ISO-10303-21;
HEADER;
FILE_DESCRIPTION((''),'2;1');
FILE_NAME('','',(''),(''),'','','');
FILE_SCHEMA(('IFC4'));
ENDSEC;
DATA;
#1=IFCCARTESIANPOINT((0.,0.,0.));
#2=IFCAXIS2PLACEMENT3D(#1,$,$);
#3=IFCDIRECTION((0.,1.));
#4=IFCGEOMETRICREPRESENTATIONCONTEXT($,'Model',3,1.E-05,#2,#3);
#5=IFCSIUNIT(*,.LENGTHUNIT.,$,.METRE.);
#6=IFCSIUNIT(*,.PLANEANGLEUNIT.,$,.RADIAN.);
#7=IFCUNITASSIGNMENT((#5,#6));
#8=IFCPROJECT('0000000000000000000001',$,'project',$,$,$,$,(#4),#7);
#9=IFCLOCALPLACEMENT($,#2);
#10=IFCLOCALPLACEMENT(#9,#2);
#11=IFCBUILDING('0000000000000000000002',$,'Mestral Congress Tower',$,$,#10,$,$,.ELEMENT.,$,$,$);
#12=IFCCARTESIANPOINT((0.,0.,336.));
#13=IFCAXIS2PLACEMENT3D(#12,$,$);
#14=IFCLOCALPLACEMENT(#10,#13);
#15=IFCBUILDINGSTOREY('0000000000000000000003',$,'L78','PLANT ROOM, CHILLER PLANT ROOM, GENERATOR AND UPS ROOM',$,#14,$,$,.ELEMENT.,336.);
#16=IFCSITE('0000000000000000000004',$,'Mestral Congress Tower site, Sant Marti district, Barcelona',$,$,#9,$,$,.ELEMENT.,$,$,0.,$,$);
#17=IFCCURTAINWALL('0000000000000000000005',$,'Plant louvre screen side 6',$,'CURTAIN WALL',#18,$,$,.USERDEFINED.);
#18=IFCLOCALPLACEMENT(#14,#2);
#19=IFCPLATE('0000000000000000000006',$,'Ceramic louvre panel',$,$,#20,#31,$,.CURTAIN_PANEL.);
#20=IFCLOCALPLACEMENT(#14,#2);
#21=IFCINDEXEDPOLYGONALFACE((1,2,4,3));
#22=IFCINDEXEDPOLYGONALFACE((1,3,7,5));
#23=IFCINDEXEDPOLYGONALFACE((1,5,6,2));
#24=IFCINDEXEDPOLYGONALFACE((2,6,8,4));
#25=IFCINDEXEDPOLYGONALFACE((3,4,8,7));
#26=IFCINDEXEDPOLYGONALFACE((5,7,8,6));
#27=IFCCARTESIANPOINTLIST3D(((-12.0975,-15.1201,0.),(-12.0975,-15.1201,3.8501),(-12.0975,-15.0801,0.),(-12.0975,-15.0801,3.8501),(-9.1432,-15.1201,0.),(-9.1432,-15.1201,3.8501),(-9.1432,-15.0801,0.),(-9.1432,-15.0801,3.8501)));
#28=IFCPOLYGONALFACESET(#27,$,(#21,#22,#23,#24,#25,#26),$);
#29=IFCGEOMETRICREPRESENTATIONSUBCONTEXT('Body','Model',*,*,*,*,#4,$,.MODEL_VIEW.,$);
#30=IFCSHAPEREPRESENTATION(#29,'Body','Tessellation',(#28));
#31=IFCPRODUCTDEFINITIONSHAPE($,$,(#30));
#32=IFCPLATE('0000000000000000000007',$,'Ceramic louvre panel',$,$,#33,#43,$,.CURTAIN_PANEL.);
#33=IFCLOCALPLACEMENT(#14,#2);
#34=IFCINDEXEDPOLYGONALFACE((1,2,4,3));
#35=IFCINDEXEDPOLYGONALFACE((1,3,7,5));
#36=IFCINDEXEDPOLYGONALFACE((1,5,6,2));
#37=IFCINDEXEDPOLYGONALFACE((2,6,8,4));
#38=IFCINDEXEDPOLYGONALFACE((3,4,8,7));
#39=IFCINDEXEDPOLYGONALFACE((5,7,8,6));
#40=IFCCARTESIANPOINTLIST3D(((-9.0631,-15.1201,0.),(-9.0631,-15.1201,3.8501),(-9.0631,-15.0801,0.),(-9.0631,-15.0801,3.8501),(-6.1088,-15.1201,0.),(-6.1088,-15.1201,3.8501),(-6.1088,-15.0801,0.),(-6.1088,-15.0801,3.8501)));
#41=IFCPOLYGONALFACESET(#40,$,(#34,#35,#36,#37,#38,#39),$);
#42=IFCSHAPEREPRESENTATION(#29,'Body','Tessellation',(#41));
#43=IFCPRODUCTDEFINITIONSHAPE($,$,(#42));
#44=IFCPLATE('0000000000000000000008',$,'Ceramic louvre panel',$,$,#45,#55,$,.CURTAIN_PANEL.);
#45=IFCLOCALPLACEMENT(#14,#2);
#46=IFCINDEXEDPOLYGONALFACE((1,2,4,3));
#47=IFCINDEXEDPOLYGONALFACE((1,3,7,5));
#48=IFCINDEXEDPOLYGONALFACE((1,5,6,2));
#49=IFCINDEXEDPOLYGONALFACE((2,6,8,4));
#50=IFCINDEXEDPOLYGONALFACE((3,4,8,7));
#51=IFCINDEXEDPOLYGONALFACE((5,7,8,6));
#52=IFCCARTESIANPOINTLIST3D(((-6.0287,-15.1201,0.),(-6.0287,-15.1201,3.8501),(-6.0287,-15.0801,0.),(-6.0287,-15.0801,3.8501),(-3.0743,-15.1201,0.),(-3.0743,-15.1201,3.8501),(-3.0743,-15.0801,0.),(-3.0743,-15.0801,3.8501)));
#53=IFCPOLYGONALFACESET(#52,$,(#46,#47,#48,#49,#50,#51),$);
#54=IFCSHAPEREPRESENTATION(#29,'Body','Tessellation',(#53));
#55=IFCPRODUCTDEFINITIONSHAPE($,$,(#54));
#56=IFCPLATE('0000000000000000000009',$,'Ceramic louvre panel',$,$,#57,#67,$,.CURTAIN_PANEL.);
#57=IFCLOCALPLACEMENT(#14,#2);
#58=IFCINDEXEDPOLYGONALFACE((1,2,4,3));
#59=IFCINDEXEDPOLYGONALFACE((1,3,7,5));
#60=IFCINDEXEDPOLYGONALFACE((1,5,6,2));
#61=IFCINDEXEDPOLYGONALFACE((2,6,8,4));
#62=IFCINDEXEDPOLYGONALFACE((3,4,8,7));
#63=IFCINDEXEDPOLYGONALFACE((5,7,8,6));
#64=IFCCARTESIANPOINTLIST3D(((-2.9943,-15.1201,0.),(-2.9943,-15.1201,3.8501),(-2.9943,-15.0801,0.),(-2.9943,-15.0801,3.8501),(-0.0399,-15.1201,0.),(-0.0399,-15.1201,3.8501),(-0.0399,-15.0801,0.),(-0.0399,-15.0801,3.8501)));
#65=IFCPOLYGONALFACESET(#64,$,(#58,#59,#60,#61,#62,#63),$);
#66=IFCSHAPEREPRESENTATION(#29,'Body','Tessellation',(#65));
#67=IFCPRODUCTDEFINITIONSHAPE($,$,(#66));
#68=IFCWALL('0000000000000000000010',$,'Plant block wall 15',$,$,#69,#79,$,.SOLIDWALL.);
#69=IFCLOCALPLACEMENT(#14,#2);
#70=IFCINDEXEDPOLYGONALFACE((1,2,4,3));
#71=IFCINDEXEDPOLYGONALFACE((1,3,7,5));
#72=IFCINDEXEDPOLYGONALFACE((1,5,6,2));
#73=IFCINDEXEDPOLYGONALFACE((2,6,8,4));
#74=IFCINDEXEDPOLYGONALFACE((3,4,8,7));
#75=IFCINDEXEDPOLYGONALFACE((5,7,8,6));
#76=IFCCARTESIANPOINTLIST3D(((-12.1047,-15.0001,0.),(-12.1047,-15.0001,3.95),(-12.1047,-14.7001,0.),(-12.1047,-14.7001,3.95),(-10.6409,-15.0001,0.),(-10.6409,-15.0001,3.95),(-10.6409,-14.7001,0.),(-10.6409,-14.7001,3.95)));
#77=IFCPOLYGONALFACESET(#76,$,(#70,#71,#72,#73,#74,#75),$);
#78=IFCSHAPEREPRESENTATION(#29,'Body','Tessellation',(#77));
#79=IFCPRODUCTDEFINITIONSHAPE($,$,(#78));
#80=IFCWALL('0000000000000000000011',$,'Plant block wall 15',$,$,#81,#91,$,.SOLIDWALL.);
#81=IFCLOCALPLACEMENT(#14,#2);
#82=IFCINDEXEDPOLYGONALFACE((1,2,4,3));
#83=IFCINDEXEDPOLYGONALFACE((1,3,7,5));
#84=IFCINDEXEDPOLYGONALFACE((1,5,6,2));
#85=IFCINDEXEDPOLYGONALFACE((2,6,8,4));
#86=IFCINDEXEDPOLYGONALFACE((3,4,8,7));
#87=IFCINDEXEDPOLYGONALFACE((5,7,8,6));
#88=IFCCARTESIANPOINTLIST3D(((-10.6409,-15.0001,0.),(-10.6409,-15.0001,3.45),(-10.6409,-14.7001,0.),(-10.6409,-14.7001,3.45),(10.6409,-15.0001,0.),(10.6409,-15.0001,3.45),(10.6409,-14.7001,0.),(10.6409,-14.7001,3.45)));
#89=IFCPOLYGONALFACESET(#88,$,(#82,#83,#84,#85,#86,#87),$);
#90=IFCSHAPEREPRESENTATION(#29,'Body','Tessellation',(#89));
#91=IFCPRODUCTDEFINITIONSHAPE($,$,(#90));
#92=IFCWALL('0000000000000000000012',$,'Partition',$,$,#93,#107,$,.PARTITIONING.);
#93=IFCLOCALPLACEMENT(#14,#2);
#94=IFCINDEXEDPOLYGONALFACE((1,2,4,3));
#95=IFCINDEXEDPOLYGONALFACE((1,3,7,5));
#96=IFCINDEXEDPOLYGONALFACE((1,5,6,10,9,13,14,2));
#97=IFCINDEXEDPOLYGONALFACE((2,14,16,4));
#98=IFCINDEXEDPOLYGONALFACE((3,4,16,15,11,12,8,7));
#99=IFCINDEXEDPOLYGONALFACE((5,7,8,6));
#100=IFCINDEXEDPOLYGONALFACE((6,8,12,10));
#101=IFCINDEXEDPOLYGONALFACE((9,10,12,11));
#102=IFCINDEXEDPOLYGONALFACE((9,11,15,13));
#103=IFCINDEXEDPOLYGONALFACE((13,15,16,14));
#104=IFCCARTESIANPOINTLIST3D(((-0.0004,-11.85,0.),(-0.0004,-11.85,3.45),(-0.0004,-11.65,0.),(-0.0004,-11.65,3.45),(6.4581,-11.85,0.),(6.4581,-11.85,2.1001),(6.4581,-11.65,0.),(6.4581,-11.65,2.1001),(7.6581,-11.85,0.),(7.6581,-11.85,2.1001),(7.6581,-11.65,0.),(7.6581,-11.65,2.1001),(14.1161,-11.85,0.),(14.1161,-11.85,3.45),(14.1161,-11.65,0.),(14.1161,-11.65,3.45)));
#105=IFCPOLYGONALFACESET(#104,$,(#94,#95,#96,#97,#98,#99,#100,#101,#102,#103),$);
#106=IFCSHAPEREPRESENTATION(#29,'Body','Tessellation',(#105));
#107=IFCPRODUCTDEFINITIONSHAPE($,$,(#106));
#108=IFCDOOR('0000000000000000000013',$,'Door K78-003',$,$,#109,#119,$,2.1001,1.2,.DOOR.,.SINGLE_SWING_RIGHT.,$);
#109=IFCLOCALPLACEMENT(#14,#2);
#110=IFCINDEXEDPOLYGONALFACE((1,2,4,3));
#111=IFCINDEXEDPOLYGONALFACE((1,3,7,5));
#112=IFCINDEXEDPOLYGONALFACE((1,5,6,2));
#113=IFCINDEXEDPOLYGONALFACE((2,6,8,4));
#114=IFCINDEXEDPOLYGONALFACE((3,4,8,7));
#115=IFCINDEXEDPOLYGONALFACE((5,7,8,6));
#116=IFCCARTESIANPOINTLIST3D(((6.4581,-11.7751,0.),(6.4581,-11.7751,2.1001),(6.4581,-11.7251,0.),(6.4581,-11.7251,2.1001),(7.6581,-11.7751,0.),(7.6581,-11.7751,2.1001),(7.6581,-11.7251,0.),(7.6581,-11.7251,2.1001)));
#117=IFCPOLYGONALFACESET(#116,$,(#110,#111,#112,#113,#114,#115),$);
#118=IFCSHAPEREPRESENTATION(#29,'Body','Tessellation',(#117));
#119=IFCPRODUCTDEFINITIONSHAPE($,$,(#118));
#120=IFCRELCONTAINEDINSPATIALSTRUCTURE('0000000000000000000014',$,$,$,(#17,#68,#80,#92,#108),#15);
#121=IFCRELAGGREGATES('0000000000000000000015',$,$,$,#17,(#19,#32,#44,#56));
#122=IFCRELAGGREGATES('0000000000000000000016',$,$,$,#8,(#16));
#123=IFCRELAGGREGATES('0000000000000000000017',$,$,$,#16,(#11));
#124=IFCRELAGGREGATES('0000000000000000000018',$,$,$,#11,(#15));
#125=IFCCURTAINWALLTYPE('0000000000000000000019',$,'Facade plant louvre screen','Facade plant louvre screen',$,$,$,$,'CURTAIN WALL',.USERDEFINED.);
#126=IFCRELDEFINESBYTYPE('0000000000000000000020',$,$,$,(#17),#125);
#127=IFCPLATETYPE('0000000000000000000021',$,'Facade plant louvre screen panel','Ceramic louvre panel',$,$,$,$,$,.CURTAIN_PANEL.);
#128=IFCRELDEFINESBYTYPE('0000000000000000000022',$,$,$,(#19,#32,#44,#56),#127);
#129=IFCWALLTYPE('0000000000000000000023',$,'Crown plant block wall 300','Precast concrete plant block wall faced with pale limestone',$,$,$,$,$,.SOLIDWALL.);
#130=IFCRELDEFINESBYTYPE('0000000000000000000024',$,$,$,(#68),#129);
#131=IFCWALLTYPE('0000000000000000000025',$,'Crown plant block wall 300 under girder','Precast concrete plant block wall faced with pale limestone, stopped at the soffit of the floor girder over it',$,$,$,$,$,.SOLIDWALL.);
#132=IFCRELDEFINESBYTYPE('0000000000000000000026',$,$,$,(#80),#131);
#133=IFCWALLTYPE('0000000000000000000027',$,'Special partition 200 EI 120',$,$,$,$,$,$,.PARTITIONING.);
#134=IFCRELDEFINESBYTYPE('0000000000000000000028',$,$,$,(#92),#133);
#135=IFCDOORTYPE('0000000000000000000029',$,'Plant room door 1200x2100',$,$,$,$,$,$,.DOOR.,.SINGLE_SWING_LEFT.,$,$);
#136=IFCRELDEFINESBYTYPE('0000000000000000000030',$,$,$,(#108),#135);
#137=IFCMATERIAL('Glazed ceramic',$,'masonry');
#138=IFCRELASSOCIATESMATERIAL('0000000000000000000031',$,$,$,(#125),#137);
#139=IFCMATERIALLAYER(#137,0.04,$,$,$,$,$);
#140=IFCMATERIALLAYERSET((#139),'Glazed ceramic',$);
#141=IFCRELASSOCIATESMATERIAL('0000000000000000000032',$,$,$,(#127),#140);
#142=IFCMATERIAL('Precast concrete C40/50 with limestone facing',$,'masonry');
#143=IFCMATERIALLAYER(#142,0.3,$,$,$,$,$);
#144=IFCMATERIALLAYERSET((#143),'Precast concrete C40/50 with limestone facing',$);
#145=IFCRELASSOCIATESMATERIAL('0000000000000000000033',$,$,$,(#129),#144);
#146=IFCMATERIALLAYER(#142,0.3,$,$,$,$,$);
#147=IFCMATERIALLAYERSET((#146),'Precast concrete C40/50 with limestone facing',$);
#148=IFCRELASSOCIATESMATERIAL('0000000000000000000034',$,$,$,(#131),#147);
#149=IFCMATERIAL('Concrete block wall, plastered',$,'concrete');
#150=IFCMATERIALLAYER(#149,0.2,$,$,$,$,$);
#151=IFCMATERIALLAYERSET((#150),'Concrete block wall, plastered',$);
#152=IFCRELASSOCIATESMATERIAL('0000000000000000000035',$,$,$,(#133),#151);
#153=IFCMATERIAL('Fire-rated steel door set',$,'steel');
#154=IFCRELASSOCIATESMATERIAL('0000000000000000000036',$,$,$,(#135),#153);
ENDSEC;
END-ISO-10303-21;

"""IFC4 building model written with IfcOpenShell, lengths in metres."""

from ifc_helpers import new_model, si_unit, direction, frame, frame_2d, origin, origin_2d, place, context, subcontext, project, spatial, rectangle, extrude, material, layer, layer_set, type_object, element, fill, aggregate, save


model = new_model("IFC4")

# Units and contexts
model_context = context("Model", 3, precision=1e-05, world=origin(), true_north=direction((0.0, 1.0)))
body_context = subcontext(model_context, "Body", "Model", "MODEL_VIEW")
ifc_project = project(units=[si_unit("LENGTHUNIT", "METRE"), si_unit("PLANEANGLEUNIT", "RADIAN")], contexts=[model_context])

# Site, building, storey
site_placement = place(None, origin())
site = spatial("IfcSite", under=ifc_project, at=site_placement, Name="Mestral Congress Tower site, Sant Marti district, Barcelona", CompositionType="ELEMENT", RefElevation=0.0)
building_placement = place(site_placement, origin())
building = spatial("IfcBuilding", under=site, at=building_placement, Name="Mestral Congress Tower", CompositionType="ELEMENT")
storey_placement = place(building_placement, frame((0.0, 0.0, 336.0)))
storey = spatial("IfcBuildingStorey", under=building, at=storey_placement, Name="L78", Description="PLANT ROOM, CHILLER PLANT ROOM, GENERATOR AND UPS ROOM", CompositionType="ELEMENT", Elevation=336.0)

# Shared definitions
ifc_material_1 = material(Name="Glazed ceramic", Category="masonry")
curtain_wall_type = type_object("IfcCurtainWallType", Name="Facade plant louvre screen", Description="Facade plant louvre screen", ElementType="CURTAIN WALL", PredefinedType="USERDEFINED", material=ifc_material_1)
placement = place(storey_placement, origin())

# Curtain wall
curtain_wall_1 = element("IfcCurtainWall", 1, at=placement, inside=storey, type_object=curtain_wall_type, Name="Plant louvre screen side 6", ObjectType="CURTAIN WALL", PredefinedType="USERDEFINED")

# Plates
ifc_layer_1 = layer(ifc_material_1, 0.04)
ifc_layer_set_1 = layer_set([ifc_layer_1], Name="Glazed ceramic")
plate_type = type_object("IfcPlateType", Name="Facade plant louvre screen panel", Description="Ceramic louvre panel", PredefinedType="CURTAIN_PANEL", material=ifc_layer_set_1)
plate_1_placement = place(storey_placement, frame((-10.6204, -15.1001, 0.0), z_axis=(0.0, 0.0, 1.0), x_axis=(1.0, 0.0, 0.0)))
plate_1 = element("IfcPlate", 2, at=plate_1_placement, type_object=plate_type, Name="Ceramic louvre panel", PredefinedType="CURTAIN_PANEL", context=body_context, shape_type="SweptSolid", body=[
    extrude(rectangle(XDim=2.9543, YDim=0.04, at=origin_2d()), origin(), (0.0, 0.0, 1.0), 3.8501),
])
plate_2_placement = place(storey_placement, frame((-7.5859, -15.1001, 0.0), z_axis=(0.0, 0.0, 1.0), x_axis=(1.0, 0.0, 0.0)))
plate_2 = element("IfcPlate", 3, at=plate_2_placement, type_object=plate_type, Name="Ceramic louvre panel", PredefinedType="CURTAIN_PANEL", context=body_context, shape_type="SweptSolid", body=[
    extrude(rectangle(XDim=2.9543, YDim=0.04, at=origin_2d()), origin(), (0.0, 0.0, 1.0), 3.8501),
])
plate_3_placement = place(storey_placement, frame((-4.5515, -15.1001, 0.0), z_axis=(0.0, 0.0, 1.0), x_axis=(1.0, 0.0, 0.0)))
plate_3 = element("IfcPlate", 4, at=plate_3_placement, type_object=plate_type, Name="Ceramic louvre panel", PredefinedType="CURTAIN_PANEL", context=body_context, shape_type="SweptSolid", body=[
    extrude(rectangle(XDim=2.9543, YDim=0.04, at=origin_2d()), origin(), (0.0, 0.0, 1.0), 3.8501),
])
plate_4_placement = place(storey_placement, frame((-1.5171, -15.1001, 0.0), z_axis=(0.0, 0.0, 1.0), x_axis=(1.0, 0.0, 0.0)))
plate_4 = element("IfcPlate", 5, at=plate_4_placement, type_object=plate_type, Name="Ceramic louvre panel", PredefinedType="CURTAIN_PANEL", context=body_context, shape_type="SweptSolid", body=[
    extrude(rectangle(XDim=2.9543, YDim=0.04, at=origin_2d()), origin(), (0.0, 0.0, 1.0), 3.8501),
])
aggregate(curtain_wall_1, [plate_1, plate_2, plate_3, plate_4])

# Walls
ifc_material_2 = material(Name="Precast concrete C40/50 with limestone facing", Category="masonry")
ifc_layer_2 = layer(ifc_material_2, 0.3)
ifc_layer_set_2 = layer_set([ifc_layer_2], Name="Precast concrete C40/50 with limestone facing")
wall_type_1 = type_object("IfcWallType", Name="Crown plant block wall 300", Description="Precast concrete plant block wall faced with pale limestone", PredefinedType="SOLIDWALL", material=ifc_layer_set_2)
wall_1_placement = place(storey_placement, frame((-12.1047, -14.8501, 0.0), z_axis=(0.0, 0.0, 1.0), x_axis=(1.0, 0.0, 0.0)))
element("IfcWall", 6, at=wall_1_placement, inside=storey, type_object=wall_type_1, Name="Plant block wall 15", PredefinedType="SOLIDWALL", context=body_context, shape_type="SweptSolid", body=[
    extrude(rectangle(XDim=1.4639, YDim=0.3, at=frame_2d((0.7319, 0.0))), origin(), (0.0, 0.0, 1.0), 3.95),
])
ifc_layer_3 = layer(ifc_material_2, 0.3)
ifc_layer_set_3 = layer_set([ifc_layer_3], Name="Precast concrete C40/50 with limestone facing")
wall_type_2 = type_object("IfcWallType", Name="Crown plant block wall 300 under girder", Description="Precast concrete plant block wall faced with pale limestone, stopped at the soffit of the floor girder over it", PredefinedType="SOLIDWALL", material=ifc_layer_set_3)
wall_2_placement = place(storey_placement, frame((-10.6409, -14.8501, 0.0), z_axis=(0.0, 0.0, 1.0), x_axis=(1.0, 0.0, 0.0)))
element("IfcWall", 7, at=wall_2_placement, inside=storey, type_object=wall_type_2, Name="Plant block wall 15", PredefinedType="SOLIDWALL", context=body_context, shape_type="SweptSolid", body=[
    extrude(rectangle(XDim=21.2817, YDim=0.3, at=frame_2d((10.6409, 0.0))), origin(), (0.0, 0.0, 1.0), 3.45),
])

# Wall, opening, door
ifc_material_3 = material(Name="Concrete block wall, plastered", Category="concrete")
ifc_layer_4 = layer(ifc_material_3, 0.2)
ifc_layer_set_4 = layer_set([ifc_layer_4], Name="Concrete block wall, plastered")
wall_type_3 = type_object("IfcWallType", Name="Special partition 200 EI 120", PredefinedType="PARTITIONING", material=ifc_layer_set_4)
wall_3_placement = place(storey_placement, frame((-0.0002, -11.75, 0.0), z_axis=(0.0, 0.0, 1.0), x_axis=(1.0, 0.0, 0.0)))
wall_3 = element("IfcWall", 8, at=wall_3_placement, inside=storey, type_object=wall_type_3, Name="Partition", PredefinedType="PARTITIONING", context=body_context, shape_type="SweptSolid", body=[
    extrude(rectangle(XDim=14.1165, YDim=0.2, at=frame_2d((7.0581, 0.0))), origin(), (0.0, 0.0, 1.0), 3.45),
])
opening_placement = place(wall_3_placement, frame((6.4583, 0.0, 0.0)))
opening = element("IfcOpeningElement", 9, at=opening_placement, cuts=wall_3, PredefinedType="OPENING", context=body_context, shape_type="SweptSolid", body=[
    extrude(rectangle(XDim=1.2, YDim=2.1001, at=frame_2d((0.6001, 1.05))), frame((0.0, 0.1099, 0.0), z_axis=(0.0, -1.0, 0.0), x_axis=(1.0, 0.0, 0.0)), (0.0, 0.0, 1.0), 0.22),
])
ifc_material_4 = material(Name="Fire-rated steel door set", Category="steel")
door_type = type_object("IfcDoorType", Name="Plant room door 1200x2100", OperationType="SINGLE_SWING_LEFT", PredefinedType="DOOR", material=ifc_material_4)
door_placement = place(opening_placement, origin())
door = element("IfcDoor", 10, at=door_placement, inside=storey, type_object=door_type, Name="Door K78-003", OperationType="SINGLE_SWING_RIGHT", OverallHeight=2.1001, OverallWidth=1.2, PredefinedType="DOOR", context=body_context, shape_type="SweptSolid", body=[
    extrude(rectangle(XDim=1.2, YDim=2.1001, at=frame_2d((0.6001, 1.05))), frame((0.0, 0.0249, 0.0), z_axis=(0.0, -1.0, 0.0), x_axis=(1.0, 0.0, 0.0)), (0.0, 0.0, 1.0), 0.05),
])
fill(opening, door)

save(model, "model.ifc")
